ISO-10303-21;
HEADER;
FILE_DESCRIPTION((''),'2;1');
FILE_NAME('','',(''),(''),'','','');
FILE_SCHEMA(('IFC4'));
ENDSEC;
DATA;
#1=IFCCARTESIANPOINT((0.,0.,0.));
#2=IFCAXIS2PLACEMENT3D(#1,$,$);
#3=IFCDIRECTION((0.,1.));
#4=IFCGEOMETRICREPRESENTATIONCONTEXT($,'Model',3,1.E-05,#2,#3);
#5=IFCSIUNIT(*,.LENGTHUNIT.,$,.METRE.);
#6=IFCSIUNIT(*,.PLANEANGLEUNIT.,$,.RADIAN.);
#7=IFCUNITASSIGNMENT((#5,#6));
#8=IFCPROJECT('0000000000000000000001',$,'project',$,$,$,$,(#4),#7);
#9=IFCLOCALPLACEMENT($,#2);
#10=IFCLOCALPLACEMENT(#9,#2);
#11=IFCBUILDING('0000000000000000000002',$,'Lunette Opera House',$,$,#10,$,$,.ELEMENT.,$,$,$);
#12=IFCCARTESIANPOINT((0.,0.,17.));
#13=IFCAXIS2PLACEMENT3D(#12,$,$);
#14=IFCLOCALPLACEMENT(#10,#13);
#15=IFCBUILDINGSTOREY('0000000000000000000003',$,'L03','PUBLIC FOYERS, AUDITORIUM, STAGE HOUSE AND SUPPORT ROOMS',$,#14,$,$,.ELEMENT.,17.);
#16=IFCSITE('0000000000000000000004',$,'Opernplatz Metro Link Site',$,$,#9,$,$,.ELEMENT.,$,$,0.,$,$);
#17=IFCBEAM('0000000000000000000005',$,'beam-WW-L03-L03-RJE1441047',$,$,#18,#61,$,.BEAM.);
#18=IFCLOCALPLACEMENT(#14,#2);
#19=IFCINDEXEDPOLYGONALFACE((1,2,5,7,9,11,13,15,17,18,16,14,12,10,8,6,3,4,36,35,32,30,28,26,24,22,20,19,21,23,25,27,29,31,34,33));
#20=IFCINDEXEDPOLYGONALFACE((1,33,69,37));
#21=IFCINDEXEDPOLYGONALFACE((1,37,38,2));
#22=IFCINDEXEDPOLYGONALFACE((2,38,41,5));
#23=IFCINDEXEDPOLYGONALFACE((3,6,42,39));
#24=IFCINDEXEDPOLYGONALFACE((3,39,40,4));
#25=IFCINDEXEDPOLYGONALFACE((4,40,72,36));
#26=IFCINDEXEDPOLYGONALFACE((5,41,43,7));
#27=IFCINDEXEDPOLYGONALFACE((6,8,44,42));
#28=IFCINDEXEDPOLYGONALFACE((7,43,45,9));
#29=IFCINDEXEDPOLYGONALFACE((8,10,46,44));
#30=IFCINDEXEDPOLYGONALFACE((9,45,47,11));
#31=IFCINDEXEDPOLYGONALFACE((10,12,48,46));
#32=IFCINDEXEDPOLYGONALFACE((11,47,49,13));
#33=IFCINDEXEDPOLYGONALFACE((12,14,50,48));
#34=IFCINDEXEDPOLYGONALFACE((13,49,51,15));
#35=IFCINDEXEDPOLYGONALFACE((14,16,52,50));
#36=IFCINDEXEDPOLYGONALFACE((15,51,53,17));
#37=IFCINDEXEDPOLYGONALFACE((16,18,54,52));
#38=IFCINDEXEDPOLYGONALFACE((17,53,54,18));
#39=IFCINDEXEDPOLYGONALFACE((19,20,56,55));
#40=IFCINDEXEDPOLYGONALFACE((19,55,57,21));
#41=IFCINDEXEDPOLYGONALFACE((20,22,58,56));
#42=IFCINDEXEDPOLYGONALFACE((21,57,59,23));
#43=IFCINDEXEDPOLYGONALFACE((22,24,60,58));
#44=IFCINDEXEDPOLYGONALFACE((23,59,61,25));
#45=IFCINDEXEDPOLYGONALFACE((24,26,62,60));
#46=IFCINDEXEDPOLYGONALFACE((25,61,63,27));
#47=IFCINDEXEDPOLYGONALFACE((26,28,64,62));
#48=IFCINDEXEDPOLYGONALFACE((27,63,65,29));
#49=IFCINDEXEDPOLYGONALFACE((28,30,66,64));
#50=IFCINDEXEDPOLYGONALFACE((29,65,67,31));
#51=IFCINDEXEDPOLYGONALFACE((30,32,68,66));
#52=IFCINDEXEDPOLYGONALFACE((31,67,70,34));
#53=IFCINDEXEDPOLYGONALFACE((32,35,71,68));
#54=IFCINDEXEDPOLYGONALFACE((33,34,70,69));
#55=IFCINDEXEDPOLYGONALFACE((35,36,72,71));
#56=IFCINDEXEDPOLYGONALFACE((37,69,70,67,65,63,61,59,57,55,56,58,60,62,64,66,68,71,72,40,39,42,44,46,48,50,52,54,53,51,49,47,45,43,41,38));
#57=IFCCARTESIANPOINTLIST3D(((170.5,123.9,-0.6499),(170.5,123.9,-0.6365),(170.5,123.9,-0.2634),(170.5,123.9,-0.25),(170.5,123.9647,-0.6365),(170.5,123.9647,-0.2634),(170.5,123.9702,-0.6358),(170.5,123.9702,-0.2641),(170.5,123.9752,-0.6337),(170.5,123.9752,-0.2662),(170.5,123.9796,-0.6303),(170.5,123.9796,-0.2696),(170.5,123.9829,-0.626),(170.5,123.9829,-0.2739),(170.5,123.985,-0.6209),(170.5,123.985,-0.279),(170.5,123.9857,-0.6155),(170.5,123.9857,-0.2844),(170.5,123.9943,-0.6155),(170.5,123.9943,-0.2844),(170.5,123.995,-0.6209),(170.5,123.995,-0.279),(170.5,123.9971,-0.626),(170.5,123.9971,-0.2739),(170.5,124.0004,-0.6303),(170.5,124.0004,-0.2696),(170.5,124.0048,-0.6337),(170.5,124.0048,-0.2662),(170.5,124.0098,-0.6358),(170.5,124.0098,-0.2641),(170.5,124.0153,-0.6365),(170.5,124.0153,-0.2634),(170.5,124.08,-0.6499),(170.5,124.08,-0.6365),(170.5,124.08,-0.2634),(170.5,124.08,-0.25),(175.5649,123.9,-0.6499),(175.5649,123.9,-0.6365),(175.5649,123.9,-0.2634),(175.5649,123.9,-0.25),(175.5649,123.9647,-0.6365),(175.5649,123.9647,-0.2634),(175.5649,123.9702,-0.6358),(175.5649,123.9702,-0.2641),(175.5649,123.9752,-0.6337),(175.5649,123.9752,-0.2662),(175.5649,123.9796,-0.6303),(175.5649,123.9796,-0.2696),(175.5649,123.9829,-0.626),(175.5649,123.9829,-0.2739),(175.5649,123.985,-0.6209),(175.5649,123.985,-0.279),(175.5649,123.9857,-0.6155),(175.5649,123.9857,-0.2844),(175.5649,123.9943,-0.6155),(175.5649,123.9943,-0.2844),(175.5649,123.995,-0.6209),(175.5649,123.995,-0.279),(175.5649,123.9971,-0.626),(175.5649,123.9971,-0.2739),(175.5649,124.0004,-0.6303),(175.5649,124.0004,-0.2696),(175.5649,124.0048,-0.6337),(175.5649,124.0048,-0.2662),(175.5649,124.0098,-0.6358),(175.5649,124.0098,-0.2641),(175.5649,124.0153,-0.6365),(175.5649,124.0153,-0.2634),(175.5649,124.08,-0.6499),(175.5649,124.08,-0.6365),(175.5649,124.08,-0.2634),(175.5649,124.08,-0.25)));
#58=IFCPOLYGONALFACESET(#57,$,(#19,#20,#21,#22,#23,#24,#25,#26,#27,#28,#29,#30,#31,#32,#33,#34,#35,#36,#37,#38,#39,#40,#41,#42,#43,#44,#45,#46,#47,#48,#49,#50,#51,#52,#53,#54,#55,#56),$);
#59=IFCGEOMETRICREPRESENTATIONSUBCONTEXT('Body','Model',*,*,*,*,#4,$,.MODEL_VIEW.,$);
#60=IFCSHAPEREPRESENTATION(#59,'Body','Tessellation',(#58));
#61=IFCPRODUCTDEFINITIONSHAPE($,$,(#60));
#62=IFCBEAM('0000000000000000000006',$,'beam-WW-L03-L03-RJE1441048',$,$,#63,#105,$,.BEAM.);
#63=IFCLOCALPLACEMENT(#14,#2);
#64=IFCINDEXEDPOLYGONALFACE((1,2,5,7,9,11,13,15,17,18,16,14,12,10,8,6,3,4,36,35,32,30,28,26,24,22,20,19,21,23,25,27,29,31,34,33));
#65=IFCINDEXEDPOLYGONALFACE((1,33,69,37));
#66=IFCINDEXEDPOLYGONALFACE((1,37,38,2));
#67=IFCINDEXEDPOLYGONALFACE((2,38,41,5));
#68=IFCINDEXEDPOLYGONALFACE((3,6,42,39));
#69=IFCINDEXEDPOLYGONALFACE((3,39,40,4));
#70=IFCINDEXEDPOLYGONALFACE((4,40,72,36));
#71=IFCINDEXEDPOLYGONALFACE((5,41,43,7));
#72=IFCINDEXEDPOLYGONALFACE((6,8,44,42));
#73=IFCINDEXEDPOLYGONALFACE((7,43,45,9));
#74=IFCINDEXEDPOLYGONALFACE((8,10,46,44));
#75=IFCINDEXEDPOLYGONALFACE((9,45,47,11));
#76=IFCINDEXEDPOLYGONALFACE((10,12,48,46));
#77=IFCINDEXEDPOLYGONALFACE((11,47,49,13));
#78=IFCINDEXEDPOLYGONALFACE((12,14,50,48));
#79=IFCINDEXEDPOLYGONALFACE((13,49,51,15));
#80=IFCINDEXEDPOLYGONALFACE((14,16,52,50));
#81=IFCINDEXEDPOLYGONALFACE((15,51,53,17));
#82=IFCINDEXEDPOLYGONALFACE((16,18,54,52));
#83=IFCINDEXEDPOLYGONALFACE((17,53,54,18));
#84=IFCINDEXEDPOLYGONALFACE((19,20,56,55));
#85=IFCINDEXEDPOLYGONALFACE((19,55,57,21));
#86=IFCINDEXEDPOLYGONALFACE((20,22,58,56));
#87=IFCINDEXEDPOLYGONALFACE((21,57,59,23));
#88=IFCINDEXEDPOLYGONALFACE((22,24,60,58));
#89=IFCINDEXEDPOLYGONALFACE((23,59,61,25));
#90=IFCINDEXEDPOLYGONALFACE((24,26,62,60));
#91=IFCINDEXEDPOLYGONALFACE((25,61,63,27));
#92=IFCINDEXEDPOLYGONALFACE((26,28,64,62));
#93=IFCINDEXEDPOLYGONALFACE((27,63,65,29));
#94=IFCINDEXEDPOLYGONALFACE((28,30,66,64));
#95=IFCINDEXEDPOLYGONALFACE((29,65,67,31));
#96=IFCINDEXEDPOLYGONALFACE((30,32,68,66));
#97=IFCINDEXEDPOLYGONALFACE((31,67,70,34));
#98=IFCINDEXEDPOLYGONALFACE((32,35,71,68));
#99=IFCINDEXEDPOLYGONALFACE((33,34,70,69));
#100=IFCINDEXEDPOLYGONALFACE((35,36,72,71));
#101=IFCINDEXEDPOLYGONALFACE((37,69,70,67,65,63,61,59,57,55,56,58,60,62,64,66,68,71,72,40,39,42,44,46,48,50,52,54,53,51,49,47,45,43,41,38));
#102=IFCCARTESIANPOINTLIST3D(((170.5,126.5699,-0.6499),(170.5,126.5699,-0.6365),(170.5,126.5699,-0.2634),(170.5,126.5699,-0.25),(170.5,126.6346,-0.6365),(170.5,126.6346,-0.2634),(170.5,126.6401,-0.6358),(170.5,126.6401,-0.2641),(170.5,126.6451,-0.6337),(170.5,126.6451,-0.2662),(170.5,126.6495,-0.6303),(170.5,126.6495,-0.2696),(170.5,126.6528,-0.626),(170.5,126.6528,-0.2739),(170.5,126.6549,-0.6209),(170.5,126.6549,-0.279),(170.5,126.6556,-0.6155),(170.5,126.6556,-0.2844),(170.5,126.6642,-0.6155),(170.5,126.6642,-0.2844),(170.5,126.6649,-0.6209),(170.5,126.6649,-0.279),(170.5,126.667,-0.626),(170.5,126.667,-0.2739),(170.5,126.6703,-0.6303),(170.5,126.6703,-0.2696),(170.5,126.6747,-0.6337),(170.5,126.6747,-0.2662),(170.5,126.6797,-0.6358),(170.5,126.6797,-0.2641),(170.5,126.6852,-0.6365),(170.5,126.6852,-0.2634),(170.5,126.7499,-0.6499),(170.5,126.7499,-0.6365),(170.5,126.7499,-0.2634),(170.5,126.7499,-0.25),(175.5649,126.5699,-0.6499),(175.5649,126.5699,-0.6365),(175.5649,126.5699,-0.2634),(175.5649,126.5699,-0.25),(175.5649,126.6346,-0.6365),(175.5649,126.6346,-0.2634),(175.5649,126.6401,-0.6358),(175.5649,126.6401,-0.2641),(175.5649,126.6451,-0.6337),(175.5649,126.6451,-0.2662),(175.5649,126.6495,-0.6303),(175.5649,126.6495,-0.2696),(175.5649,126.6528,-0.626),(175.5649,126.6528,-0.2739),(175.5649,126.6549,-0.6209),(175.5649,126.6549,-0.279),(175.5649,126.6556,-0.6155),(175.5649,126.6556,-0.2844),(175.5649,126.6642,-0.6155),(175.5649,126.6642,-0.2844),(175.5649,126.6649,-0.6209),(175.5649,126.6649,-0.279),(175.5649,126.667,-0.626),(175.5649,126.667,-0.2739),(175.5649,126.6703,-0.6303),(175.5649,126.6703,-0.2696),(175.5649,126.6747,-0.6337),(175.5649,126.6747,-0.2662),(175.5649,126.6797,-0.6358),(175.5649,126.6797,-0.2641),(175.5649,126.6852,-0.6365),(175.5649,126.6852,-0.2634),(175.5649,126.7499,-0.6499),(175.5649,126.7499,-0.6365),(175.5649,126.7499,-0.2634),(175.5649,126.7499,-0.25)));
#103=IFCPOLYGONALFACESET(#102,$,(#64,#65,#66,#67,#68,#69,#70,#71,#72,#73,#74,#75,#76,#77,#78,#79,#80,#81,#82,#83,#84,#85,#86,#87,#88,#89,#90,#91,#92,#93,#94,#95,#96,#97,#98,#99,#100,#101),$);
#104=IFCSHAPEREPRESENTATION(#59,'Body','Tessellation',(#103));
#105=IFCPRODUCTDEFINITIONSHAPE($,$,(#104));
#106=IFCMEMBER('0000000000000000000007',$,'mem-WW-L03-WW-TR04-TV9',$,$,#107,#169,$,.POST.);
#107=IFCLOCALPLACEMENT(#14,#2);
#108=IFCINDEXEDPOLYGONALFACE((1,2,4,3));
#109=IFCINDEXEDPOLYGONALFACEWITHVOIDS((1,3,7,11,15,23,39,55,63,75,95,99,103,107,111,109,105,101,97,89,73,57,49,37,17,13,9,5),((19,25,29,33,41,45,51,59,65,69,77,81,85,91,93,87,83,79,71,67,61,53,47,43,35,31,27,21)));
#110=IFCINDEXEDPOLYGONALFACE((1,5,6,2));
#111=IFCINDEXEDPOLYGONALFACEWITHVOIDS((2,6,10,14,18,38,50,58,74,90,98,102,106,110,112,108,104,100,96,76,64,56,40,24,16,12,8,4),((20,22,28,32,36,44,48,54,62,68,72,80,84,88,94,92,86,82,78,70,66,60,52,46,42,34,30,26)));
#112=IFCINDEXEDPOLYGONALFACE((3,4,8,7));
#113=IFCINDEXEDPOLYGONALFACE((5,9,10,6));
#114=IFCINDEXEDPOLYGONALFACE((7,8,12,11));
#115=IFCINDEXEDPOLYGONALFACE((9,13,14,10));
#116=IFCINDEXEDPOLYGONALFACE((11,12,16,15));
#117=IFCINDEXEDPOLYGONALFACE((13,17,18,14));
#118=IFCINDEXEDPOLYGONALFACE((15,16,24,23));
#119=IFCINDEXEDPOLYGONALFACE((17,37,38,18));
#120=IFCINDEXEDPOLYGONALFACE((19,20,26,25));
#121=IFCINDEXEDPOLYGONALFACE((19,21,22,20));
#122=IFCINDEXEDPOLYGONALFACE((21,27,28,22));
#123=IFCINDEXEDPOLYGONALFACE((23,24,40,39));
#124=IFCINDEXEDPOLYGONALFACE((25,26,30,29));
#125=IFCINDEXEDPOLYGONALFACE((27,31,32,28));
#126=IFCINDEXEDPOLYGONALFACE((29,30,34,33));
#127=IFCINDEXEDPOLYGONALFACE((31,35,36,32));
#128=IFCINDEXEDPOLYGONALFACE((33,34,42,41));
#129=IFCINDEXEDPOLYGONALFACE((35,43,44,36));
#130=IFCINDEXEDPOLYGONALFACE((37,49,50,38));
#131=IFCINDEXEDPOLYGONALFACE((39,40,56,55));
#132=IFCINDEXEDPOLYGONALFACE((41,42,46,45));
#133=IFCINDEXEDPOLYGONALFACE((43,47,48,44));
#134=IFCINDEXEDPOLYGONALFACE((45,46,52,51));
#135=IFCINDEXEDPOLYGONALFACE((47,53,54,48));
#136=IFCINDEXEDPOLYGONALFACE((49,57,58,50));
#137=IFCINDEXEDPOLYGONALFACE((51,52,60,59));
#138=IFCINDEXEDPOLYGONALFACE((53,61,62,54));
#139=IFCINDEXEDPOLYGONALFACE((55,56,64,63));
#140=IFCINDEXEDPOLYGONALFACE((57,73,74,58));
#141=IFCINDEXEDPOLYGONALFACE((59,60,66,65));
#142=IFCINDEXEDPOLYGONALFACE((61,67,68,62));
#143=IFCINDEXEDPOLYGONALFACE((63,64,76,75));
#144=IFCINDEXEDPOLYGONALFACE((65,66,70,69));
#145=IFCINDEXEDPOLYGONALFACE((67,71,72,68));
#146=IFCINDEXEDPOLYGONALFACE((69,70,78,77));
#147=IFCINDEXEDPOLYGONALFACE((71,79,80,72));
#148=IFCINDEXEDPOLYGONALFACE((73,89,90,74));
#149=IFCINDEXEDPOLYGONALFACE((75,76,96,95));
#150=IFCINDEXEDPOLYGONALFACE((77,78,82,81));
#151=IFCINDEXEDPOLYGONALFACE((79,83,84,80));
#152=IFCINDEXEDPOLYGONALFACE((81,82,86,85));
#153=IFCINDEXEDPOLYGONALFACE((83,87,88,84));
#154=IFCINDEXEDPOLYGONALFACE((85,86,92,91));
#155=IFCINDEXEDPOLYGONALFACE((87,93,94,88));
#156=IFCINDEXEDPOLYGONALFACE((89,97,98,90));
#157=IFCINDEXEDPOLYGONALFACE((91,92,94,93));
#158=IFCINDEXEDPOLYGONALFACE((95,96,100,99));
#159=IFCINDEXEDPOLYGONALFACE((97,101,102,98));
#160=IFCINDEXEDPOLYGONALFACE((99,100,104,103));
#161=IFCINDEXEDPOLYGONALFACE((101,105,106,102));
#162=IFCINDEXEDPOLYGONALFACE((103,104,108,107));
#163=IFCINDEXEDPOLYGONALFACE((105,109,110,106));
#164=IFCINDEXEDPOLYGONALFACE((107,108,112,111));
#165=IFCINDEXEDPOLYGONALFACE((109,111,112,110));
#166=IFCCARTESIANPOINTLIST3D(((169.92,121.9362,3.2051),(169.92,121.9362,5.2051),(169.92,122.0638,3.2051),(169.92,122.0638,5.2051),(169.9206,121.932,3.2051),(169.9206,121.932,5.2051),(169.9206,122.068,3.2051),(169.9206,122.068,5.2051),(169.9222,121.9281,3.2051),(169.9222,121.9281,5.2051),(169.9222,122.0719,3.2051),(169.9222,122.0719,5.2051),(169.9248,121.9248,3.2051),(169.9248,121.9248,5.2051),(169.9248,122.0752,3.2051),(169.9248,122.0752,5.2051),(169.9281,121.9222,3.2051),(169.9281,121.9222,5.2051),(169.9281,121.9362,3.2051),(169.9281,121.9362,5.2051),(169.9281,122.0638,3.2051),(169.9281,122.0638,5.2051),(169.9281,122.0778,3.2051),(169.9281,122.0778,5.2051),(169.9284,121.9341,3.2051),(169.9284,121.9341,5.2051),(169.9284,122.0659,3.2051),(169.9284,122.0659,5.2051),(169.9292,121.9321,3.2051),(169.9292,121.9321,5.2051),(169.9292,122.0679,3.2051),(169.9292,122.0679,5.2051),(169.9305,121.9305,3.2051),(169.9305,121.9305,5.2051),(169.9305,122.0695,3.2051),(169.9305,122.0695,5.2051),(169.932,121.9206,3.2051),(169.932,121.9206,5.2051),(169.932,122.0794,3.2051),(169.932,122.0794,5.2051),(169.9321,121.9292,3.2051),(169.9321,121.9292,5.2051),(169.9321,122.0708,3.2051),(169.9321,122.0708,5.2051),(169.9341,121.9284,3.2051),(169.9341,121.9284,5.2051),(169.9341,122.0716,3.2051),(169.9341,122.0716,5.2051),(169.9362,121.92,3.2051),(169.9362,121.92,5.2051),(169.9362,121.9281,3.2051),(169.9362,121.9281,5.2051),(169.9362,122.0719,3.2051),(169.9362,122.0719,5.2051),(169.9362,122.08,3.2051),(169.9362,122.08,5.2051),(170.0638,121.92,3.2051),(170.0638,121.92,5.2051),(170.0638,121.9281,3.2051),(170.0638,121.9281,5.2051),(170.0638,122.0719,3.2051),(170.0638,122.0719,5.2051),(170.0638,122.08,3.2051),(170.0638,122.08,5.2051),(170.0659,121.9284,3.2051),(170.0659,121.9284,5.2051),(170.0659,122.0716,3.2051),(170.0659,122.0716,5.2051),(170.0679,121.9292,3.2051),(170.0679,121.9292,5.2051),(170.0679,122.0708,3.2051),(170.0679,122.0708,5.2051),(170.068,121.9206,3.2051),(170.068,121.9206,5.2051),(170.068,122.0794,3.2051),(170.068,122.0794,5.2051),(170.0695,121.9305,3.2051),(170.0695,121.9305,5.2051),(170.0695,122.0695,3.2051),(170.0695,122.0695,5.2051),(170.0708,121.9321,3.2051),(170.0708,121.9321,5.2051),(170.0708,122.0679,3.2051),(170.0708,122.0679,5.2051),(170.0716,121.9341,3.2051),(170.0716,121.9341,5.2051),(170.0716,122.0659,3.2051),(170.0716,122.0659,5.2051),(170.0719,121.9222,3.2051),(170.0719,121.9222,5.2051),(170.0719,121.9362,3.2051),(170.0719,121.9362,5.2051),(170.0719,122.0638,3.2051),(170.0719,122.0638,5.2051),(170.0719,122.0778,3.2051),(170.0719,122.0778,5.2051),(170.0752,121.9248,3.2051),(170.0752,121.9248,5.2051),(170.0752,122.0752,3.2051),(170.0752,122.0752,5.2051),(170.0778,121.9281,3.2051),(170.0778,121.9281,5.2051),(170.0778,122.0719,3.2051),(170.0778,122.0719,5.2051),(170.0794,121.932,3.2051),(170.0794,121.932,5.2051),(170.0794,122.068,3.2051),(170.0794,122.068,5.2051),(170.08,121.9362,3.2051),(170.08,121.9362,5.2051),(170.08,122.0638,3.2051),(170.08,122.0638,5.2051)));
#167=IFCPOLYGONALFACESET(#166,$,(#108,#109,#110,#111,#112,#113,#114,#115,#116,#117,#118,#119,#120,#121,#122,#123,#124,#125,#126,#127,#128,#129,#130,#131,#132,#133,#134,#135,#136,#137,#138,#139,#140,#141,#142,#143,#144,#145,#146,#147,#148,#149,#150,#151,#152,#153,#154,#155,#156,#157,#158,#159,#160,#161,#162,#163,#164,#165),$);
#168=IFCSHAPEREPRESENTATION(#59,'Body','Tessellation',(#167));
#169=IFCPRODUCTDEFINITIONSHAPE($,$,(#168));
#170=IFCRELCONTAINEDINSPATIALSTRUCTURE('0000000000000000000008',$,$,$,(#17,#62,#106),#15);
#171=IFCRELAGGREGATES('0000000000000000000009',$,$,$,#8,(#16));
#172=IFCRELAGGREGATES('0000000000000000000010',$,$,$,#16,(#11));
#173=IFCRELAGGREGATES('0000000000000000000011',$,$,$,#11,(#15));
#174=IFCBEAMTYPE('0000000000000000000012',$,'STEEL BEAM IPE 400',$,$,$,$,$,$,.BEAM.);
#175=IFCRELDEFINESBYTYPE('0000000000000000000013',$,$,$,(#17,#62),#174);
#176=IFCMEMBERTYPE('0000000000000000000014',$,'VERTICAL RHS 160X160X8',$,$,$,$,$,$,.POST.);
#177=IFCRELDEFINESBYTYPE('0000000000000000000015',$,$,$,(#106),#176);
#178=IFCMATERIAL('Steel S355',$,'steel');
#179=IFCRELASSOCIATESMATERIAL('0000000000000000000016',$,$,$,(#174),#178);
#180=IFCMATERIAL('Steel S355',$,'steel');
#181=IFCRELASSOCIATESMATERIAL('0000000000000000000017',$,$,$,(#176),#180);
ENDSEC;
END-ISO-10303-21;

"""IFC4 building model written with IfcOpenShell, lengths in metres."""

from ifc_helpers import new_model, si_unit, direction, frame, origin, origin_2d, place, context, subcontext, project, spatial, hollow_rectangle, i_section, extrude, material, material_profile, profile_set, type_object, element, save


model = new_model("IFC4")

# Units and contexts
model_context = context("Model", 3, precision=1e-05, world=origin(), true_north=direction((0.0, 1.0)))
body_context = subcontext(model_context, "Body", "Model", "MODEL_VIEW")
ifc_project = project(units=[si_unit("LENGTHUNIT", "METRE"), si_unit("PLANEANGLEUNIT", "RADIAN")], contexts=[model_context])

# Site, building, storey
site_placement = place(None, origin())
site = spatial("IfcSite", under=ifc_project, at=site_placement, Name="Opernplatz Metro Link Site", CompositionType="ELEMENT", RefElevation=0.0)
building_placement = place(site_placement, origin())
building = spatial("IfcBuilding", under=site, at=building_placement, Name="Lunette Opera House", CompositionType="ELEMENT")
storey_placement = place(building_placement, frame((0.0, 0.0, 17.0)))
storey = spatial("IfcBuildingStorey", under=building, at=storey_placement, Name="L03", Description="PUBLIC FOYERS, AUDITORIUM, STAGE HOUSE AND SUPPORT ROOMS", CompositionType="ELEMENT", Elevation=17.0)

# Beams
ifc_material_1 = material(Name="Steel S355", Category="steel")
ifc_material_profile_1 = material_profile(ifc_material_1, i_section(OverallWidth=0.1799, OverallDepth=0.3999, WebThickness=0.0085, FlangeThickness=0.0134, FilletRadius=0.021, at=origin_2d()), Name="IPE 400")
ifc_profile_set_1 = profile_set([ifc_material_profile_1], Name="Steel S355")
beam_type_1 = type_object("IfcBeamType", Name="STEEL BEAM IPE 400", PredefinedType="BEAM", material=ifc_profile_set_1)
for number, where, z_axis, x_axis, name in (
    (1, (170.5, 123.99, -0.45), (1.0, 0.0, 0.0), (0.0, 1.0, 0.0), "beam-WW-L03-L03-RJE1441047"),
    (2, (170.5, 126.6599, -0.45), (1.0, 0.0, 0.0), (0.0, 1.0, 0.0), "beam-WW-L03-L03-RJE1441048"),
):
    element("IfcBeam", number, at=place(storey_placement, frame(where, z_axis=z_axis, x_axis=x_axis)), inside=storey, type_object=beam_type_1, Name=name, PredefinedType="BEAM", context=body_context, shape_type="SweptSolid", body=[
        extrude(i_section(OverallWidth=0.1799, OverallDepth=0.3999, WebThickness=0.0085, FlangeThickness=0.0134, FilletRadius=0.021, at=origin_2d()), origin(), (0.0, 0.0, 1.0), 5.0649),
    ])

# Member
ifc_material_2 = material(Name="Steel S355", Category="steel")
ifc_material_profile_2 = material_profile(ifc_material_2, hollow_rectangle(XDim=0.1599, YDim=0.1599, WallThickness=0.0081, InnerFilletRadius=0.0081, OuterFilletRadius=0.0161, at=origin_2d()), Name="RHS 160X160X8")
ifc_profile_set_2 = profile_set([ifc_material_profile_2], Name="Steel S355")
member_type_1 = type_object("IfcMemberType", Name="VERTICAL RHS 160X160X8", PredefinedType="POST", material=ifc_profile_set_2)
for number, where, z_axis, x_axis, name in (
    (3, (170.0, 122.0, 3.2051), (0.0, 0.0, 1.0), (1.0, 0.0, 0.0), "mem-WW-L03-WW-TR04-TV9"),
):
    element("IfcMember", number, at=place(storey_placement, frame(where, z_axis=z_axis, x_axis=x_axis)), inside=storey, type_object=member_type_1, Name=name, PredefinedType="POST", context=body_context, shape_type="SweptSolid", body=[
        extrude(hollow_rectangle(XDim=0.1599, YDim=0.1599, WallThickness=0.0081, InnerFilletRadius=0.0081, OuterFilletRadius=0.0161, at=origin_2d()), origin(), (0.0, 0.0, 1.0), 2.0),
    ])

save(model, "model.ifc")
